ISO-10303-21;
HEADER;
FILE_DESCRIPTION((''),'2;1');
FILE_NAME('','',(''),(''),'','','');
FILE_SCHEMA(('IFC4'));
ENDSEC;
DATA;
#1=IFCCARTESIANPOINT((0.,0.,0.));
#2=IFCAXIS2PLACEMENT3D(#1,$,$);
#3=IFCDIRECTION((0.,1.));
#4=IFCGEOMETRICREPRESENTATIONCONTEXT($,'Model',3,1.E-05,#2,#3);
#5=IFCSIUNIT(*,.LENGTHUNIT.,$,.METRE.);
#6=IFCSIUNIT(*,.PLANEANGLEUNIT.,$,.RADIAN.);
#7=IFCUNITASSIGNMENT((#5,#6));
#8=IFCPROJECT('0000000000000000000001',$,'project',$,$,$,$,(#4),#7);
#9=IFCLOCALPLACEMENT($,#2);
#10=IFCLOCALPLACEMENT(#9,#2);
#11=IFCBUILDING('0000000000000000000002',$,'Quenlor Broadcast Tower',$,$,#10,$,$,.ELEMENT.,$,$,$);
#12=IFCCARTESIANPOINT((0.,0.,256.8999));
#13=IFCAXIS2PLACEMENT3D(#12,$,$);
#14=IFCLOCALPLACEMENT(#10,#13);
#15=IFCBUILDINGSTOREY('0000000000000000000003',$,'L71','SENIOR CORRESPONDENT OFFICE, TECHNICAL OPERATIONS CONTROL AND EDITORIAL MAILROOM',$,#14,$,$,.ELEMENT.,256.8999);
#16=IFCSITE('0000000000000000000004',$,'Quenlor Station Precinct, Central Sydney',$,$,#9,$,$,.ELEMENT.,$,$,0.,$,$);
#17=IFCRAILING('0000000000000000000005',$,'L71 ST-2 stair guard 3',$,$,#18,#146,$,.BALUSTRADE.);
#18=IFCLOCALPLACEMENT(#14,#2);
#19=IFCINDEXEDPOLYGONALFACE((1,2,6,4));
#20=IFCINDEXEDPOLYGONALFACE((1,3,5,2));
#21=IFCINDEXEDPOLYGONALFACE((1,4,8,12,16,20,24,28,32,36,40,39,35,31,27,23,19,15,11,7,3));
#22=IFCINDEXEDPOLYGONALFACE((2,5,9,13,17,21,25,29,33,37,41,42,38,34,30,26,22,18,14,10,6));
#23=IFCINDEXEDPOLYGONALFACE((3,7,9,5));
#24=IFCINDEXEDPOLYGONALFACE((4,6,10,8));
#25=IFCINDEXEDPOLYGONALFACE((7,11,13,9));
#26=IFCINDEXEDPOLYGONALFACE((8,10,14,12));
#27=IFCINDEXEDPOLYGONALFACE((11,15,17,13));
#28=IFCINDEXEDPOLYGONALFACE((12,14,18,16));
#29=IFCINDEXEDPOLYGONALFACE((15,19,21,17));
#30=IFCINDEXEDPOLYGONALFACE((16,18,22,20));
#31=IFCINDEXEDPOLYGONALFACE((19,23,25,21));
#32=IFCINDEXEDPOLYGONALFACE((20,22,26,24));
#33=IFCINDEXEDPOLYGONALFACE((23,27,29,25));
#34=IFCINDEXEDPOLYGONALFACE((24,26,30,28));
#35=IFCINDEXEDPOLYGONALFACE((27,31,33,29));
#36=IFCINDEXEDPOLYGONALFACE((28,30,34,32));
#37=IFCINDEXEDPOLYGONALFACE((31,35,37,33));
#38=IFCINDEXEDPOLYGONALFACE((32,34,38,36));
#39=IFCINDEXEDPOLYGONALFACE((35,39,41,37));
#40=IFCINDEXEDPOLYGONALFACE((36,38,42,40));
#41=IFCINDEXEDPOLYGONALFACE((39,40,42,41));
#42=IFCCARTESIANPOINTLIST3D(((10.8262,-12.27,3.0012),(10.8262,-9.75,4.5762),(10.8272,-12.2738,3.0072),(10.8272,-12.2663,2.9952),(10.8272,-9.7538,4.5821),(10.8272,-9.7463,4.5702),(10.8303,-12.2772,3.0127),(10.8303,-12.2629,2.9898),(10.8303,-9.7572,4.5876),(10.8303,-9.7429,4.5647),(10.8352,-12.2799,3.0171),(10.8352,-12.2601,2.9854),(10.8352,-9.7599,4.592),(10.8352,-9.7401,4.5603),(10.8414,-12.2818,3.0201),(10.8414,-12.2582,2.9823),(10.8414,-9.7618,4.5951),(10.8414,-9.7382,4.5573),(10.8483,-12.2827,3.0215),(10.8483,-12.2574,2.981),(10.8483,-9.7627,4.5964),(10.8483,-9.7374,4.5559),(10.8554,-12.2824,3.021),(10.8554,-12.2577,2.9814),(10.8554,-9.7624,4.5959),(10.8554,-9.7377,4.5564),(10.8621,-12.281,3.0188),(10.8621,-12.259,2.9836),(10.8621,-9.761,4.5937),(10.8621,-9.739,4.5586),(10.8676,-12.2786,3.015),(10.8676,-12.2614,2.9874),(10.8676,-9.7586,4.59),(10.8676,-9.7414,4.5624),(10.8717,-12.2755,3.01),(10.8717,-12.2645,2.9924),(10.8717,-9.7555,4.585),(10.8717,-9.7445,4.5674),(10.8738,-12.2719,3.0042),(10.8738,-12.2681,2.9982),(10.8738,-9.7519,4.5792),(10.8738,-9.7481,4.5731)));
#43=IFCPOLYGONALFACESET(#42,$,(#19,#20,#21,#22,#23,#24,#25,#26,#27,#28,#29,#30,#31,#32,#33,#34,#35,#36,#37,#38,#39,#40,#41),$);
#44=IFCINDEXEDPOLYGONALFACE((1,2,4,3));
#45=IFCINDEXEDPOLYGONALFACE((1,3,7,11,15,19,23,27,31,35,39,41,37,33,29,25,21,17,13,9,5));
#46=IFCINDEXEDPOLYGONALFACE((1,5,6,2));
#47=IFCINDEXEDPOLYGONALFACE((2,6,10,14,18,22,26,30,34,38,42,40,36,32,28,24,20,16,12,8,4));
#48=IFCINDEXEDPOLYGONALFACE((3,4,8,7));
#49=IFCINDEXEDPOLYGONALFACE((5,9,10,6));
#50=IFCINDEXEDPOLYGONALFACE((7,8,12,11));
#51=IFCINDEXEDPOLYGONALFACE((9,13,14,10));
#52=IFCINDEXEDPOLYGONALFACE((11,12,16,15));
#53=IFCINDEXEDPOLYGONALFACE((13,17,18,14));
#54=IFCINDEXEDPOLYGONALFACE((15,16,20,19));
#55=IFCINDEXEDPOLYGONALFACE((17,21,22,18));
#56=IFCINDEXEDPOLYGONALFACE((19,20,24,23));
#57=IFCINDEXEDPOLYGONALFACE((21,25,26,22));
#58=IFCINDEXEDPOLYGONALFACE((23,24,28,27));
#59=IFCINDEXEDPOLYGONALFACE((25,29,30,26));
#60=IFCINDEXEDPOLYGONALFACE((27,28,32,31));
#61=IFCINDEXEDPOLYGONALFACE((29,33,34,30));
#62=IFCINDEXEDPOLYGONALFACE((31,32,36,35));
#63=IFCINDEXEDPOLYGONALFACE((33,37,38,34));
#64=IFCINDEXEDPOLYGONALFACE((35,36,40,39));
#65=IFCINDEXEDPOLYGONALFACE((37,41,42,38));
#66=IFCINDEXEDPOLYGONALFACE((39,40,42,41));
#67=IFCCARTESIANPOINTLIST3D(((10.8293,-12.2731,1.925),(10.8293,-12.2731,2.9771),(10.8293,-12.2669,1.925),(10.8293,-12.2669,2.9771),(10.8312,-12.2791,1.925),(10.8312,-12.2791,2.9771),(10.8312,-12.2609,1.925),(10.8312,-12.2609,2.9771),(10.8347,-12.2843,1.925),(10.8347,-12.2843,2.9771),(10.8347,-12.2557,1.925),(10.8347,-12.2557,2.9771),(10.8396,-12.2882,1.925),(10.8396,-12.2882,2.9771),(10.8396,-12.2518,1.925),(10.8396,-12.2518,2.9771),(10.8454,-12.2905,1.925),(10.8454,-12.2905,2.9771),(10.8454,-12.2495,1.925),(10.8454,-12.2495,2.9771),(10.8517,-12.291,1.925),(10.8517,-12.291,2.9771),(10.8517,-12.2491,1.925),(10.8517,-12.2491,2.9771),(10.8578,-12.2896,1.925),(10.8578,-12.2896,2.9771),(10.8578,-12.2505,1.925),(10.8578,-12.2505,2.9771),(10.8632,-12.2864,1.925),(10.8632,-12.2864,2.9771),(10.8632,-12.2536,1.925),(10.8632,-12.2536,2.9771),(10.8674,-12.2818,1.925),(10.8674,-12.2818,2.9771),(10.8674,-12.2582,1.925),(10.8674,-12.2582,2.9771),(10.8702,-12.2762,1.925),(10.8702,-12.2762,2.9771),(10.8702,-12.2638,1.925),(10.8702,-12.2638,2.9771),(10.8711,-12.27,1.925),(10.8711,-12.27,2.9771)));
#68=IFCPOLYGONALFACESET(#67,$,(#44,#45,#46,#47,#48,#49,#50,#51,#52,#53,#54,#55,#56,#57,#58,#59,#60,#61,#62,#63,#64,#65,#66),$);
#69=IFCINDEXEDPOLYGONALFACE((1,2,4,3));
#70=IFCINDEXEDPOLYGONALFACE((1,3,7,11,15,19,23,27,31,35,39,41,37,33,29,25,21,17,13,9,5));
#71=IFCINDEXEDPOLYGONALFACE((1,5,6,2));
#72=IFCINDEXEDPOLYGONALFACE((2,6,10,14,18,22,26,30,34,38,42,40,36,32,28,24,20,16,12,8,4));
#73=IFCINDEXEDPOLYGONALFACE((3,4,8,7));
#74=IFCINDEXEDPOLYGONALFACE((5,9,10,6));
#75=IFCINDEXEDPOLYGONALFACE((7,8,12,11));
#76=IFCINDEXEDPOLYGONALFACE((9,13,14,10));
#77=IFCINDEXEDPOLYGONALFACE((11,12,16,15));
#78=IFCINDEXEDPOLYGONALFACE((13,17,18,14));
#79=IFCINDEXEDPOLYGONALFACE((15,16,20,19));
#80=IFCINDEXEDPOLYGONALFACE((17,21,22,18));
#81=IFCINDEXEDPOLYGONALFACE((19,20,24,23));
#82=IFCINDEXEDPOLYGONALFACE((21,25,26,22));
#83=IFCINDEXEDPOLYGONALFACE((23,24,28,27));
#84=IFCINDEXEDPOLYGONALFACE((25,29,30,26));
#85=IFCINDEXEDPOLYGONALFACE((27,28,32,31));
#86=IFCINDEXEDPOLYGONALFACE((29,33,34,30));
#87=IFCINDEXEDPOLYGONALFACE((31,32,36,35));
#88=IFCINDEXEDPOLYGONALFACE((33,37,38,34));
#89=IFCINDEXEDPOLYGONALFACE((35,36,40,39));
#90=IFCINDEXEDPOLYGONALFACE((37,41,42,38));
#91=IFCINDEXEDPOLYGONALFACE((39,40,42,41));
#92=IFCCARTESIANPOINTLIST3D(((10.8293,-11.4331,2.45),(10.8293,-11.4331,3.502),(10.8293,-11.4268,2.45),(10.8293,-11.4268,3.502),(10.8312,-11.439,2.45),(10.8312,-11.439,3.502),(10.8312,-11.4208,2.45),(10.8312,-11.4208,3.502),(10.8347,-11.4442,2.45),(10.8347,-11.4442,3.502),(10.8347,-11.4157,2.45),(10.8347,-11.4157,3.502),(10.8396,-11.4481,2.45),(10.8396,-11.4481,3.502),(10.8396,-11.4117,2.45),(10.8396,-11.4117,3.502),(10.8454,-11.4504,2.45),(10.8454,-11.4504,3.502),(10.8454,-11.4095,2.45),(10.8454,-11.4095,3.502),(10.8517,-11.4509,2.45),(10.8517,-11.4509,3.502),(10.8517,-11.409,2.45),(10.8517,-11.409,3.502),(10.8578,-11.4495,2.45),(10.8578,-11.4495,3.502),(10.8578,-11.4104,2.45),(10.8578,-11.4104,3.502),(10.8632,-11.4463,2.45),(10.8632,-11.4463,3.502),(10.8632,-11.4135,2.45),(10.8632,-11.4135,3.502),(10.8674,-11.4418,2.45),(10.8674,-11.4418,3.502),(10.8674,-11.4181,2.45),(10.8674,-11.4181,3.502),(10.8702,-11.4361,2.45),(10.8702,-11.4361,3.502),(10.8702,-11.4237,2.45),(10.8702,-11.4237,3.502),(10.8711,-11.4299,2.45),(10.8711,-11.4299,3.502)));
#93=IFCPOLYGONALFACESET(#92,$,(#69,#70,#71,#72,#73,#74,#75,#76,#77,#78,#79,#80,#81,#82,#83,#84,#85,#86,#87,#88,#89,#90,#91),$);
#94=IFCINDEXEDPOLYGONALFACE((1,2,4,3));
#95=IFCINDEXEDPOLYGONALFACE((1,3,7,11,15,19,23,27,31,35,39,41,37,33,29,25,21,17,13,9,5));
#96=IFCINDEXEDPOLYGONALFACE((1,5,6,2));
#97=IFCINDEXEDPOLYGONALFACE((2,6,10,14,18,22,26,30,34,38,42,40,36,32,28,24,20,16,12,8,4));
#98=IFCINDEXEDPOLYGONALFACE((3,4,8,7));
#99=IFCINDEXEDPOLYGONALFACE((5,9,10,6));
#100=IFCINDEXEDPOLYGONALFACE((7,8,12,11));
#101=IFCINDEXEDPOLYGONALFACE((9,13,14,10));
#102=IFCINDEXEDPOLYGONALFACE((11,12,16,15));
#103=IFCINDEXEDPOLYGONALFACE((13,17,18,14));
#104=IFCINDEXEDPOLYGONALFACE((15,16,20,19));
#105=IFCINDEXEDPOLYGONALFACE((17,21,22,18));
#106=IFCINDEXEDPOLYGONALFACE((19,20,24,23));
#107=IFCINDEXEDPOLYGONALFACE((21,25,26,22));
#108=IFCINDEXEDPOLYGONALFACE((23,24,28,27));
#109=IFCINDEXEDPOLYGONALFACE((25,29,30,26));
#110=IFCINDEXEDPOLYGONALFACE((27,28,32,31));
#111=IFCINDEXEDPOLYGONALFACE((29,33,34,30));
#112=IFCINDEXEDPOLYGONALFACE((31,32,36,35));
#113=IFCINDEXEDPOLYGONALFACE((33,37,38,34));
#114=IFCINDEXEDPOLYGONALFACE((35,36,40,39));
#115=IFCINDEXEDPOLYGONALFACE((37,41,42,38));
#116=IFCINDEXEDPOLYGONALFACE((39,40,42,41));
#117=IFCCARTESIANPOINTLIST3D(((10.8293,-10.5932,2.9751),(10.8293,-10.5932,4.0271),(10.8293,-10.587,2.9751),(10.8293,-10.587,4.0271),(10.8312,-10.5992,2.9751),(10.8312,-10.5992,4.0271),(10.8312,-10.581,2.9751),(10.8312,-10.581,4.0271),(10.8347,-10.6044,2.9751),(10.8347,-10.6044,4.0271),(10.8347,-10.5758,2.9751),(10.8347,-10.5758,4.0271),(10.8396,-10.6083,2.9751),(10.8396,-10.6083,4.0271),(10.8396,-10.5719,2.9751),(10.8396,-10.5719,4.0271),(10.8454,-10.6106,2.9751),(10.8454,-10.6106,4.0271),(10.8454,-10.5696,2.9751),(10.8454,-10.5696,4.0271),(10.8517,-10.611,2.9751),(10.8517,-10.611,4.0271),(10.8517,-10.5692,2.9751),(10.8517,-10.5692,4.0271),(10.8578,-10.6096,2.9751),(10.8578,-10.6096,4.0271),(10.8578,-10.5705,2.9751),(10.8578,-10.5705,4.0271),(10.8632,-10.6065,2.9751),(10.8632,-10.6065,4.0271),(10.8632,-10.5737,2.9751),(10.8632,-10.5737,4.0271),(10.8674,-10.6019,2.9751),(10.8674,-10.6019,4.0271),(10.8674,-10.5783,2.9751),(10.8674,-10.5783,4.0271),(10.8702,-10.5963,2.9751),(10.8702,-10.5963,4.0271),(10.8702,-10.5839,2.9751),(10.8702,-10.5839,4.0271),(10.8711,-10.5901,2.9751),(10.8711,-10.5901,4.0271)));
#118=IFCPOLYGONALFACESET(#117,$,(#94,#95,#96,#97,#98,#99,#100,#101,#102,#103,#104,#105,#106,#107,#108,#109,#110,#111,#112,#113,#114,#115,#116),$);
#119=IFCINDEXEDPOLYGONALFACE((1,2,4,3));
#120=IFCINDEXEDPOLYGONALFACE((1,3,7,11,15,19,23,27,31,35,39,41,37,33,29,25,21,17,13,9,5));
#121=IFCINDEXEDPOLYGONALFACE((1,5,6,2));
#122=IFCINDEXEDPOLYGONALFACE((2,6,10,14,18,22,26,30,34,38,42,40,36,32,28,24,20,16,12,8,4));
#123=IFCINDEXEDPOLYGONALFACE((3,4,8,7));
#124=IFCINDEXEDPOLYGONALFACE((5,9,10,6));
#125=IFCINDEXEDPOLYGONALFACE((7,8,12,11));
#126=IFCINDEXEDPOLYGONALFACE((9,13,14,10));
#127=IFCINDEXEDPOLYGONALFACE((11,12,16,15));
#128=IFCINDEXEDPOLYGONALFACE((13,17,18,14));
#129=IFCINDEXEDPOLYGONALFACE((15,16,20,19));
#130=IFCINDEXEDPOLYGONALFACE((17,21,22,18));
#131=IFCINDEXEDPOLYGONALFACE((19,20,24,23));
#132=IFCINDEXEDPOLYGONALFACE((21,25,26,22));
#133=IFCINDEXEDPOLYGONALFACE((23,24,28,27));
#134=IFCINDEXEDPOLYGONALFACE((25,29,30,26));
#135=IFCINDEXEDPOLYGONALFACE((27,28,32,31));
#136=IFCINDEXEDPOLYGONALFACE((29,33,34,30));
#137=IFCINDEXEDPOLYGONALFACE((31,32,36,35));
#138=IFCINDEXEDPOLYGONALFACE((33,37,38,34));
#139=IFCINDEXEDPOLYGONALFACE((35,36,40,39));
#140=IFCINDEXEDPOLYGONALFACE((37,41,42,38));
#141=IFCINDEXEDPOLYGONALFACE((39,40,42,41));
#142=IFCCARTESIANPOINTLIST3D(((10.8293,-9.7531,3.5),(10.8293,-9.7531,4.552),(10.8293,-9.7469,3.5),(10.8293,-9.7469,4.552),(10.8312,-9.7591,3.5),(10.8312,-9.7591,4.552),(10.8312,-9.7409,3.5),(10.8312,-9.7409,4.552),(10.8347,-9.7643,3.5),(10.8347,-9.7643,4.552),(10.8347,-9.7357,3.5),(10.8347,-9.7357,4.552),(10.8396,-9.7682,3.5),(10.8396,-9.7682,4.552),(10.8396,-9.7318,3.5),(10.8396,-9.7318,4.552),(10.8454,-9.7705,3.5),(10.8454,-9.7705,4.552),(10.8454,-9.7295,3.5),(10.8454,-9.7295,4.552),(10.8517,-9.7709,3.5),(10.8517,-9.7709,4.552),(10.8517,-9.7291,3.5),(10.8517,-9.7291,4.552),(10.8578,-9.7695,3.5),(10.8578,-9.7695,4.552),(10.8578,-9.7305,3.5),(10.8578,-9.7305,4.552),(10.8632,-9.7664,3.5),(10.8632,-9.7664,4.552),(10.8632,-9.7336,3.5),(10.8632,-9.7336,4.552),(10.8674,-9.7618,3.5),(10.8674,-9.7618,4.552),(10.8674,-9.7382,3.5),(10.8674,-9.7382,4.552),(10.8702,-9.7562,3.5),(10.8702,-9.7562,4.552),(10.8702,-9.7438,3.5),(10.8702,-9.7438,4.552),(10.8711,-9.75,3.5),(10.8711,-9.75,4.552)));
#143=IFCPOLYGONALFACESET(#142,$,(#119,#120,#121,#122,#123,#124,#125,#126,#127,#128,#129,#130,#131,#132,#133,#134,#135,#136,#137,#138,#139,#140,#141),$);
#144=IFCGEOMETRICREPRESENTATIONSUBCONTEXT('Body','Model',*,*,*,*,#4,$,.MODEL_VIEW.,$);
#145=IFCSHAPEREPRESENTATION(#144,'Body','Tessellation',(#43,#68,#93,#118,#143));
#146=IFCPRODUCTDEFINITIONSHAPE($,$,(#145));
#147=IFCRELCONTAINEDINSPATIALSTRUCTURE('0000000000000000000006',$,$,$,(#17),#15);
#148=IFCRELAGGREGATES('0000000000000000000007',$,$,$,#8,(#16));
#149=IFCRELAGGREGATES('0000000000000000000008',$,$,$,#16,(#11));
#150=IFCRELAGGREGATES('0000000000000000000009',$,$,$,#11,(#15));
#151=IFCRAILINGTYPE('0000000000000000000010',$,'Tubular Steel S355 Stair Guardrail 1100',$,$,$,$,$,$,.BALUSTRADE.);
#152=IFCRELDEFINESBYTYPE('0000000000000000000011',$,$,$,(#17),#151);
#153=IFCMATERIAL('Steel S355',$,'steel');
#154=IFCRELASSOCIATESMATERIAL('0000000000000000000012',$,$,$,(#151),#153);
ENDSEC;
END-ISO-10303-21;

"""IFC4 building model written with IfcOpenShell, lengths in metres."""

from ifc_helpers import new_model, si_unit, direction, frame, origin, origin_2d, place, context, subcontext, project, spatial, circle, extrude, material, type_object, element, save


model = new_model("IFC4")

# Units and contexts
model_context = context("Model", 3, precision=1e-05, world=origin(), true_north=direction((0.0, 1.0)))
body_context = subcontext(model_context, "Body", "Model", "MODEL_VIEW")
ifc_project = project(units=[si_unit("LENGTHUNIT", "METRE"), si_unit("PLANEANGLEUNIT", "RADIAN")], contexts=[model_context])

# Site, building, storey
site_placement = place(None, origin())
site = spatial("IfcSite", under=ifc_project, at=site_placement, Name="Quenlor Station Precinct, Central Sydney", CompositionType="ELEMENT", RefElevation=0.0)
building_placement = place(site_placement, origin())
building = spatial("IfcBuilding", under=site, at=building_placement, Name="Quenlor Broadcast Tower", CompositionType="ELEMENT")
storey_placement = place(building_placement, frame((0.0, 0.0, 256.8999)))
storey = spatial("IfcBuildingStorey", under=building, at=storey_placement, Name="L71", Description="SENIOR CORRESPONDENT OFFICE, TECHNICAL OPERATIONS CONTROL AND EDITORIAL MAILROOM", CompositionType="ELEMENT", Elevation=256.8999)

# Railing
ifc_material_1 = material(Name="Steel S355", Category="steel")
railing_type_1 = type_object("IfcRailingType", Name="Tubular Steel S355 Stair Guardrail 1100", PredefinedType="BALUSTRADE", material=ifc_material_1)
railing_1_placement = place(storey_placement, frame((10.8501, -12.27, 1.925)))
element("IfcRailing", 1, at=railing_1_placement, inside=storey, type_object=railing_type_1, Name="L71 ST-2 stair guard 3", PredefinedType="BALUSTRADE", context=body_context, shape_type="SweptSolid", body=[
    extrude(circle(Radius=0.0239, at=origin_2d()), frame((0.0, 0.0, 1.0762), z_axis=(0.0, 0.848008, 0.529984), x_axis=(-1.0, 0.0, 0.0)), (0.0, 0.0, 1.0), 2.9717),
    extrude(circle(Radius=0.021, at=origin_2d()), origin(), (0.0, 0.0, 1.0), 1.052),
    extrude(circle(Radius=0.021, at=origin_2d()), frame((0.0, 0.8401, 0.5249)), (0.0, 0.0, 1.0), 1.052),
    extrude(circle(Radius=0.021, at=origin_2d()), frame((0.0, 1.6799, 1.05)), (0.0, 0.0, 1.0), 1.052),
    extrude(circle(Radius=0.021, at=origin_2d()), frame((0.0, 2.52, 1.575)), (0.0, 0.0, 1.0), 1.052),
])

save(model, "model.ifc")
